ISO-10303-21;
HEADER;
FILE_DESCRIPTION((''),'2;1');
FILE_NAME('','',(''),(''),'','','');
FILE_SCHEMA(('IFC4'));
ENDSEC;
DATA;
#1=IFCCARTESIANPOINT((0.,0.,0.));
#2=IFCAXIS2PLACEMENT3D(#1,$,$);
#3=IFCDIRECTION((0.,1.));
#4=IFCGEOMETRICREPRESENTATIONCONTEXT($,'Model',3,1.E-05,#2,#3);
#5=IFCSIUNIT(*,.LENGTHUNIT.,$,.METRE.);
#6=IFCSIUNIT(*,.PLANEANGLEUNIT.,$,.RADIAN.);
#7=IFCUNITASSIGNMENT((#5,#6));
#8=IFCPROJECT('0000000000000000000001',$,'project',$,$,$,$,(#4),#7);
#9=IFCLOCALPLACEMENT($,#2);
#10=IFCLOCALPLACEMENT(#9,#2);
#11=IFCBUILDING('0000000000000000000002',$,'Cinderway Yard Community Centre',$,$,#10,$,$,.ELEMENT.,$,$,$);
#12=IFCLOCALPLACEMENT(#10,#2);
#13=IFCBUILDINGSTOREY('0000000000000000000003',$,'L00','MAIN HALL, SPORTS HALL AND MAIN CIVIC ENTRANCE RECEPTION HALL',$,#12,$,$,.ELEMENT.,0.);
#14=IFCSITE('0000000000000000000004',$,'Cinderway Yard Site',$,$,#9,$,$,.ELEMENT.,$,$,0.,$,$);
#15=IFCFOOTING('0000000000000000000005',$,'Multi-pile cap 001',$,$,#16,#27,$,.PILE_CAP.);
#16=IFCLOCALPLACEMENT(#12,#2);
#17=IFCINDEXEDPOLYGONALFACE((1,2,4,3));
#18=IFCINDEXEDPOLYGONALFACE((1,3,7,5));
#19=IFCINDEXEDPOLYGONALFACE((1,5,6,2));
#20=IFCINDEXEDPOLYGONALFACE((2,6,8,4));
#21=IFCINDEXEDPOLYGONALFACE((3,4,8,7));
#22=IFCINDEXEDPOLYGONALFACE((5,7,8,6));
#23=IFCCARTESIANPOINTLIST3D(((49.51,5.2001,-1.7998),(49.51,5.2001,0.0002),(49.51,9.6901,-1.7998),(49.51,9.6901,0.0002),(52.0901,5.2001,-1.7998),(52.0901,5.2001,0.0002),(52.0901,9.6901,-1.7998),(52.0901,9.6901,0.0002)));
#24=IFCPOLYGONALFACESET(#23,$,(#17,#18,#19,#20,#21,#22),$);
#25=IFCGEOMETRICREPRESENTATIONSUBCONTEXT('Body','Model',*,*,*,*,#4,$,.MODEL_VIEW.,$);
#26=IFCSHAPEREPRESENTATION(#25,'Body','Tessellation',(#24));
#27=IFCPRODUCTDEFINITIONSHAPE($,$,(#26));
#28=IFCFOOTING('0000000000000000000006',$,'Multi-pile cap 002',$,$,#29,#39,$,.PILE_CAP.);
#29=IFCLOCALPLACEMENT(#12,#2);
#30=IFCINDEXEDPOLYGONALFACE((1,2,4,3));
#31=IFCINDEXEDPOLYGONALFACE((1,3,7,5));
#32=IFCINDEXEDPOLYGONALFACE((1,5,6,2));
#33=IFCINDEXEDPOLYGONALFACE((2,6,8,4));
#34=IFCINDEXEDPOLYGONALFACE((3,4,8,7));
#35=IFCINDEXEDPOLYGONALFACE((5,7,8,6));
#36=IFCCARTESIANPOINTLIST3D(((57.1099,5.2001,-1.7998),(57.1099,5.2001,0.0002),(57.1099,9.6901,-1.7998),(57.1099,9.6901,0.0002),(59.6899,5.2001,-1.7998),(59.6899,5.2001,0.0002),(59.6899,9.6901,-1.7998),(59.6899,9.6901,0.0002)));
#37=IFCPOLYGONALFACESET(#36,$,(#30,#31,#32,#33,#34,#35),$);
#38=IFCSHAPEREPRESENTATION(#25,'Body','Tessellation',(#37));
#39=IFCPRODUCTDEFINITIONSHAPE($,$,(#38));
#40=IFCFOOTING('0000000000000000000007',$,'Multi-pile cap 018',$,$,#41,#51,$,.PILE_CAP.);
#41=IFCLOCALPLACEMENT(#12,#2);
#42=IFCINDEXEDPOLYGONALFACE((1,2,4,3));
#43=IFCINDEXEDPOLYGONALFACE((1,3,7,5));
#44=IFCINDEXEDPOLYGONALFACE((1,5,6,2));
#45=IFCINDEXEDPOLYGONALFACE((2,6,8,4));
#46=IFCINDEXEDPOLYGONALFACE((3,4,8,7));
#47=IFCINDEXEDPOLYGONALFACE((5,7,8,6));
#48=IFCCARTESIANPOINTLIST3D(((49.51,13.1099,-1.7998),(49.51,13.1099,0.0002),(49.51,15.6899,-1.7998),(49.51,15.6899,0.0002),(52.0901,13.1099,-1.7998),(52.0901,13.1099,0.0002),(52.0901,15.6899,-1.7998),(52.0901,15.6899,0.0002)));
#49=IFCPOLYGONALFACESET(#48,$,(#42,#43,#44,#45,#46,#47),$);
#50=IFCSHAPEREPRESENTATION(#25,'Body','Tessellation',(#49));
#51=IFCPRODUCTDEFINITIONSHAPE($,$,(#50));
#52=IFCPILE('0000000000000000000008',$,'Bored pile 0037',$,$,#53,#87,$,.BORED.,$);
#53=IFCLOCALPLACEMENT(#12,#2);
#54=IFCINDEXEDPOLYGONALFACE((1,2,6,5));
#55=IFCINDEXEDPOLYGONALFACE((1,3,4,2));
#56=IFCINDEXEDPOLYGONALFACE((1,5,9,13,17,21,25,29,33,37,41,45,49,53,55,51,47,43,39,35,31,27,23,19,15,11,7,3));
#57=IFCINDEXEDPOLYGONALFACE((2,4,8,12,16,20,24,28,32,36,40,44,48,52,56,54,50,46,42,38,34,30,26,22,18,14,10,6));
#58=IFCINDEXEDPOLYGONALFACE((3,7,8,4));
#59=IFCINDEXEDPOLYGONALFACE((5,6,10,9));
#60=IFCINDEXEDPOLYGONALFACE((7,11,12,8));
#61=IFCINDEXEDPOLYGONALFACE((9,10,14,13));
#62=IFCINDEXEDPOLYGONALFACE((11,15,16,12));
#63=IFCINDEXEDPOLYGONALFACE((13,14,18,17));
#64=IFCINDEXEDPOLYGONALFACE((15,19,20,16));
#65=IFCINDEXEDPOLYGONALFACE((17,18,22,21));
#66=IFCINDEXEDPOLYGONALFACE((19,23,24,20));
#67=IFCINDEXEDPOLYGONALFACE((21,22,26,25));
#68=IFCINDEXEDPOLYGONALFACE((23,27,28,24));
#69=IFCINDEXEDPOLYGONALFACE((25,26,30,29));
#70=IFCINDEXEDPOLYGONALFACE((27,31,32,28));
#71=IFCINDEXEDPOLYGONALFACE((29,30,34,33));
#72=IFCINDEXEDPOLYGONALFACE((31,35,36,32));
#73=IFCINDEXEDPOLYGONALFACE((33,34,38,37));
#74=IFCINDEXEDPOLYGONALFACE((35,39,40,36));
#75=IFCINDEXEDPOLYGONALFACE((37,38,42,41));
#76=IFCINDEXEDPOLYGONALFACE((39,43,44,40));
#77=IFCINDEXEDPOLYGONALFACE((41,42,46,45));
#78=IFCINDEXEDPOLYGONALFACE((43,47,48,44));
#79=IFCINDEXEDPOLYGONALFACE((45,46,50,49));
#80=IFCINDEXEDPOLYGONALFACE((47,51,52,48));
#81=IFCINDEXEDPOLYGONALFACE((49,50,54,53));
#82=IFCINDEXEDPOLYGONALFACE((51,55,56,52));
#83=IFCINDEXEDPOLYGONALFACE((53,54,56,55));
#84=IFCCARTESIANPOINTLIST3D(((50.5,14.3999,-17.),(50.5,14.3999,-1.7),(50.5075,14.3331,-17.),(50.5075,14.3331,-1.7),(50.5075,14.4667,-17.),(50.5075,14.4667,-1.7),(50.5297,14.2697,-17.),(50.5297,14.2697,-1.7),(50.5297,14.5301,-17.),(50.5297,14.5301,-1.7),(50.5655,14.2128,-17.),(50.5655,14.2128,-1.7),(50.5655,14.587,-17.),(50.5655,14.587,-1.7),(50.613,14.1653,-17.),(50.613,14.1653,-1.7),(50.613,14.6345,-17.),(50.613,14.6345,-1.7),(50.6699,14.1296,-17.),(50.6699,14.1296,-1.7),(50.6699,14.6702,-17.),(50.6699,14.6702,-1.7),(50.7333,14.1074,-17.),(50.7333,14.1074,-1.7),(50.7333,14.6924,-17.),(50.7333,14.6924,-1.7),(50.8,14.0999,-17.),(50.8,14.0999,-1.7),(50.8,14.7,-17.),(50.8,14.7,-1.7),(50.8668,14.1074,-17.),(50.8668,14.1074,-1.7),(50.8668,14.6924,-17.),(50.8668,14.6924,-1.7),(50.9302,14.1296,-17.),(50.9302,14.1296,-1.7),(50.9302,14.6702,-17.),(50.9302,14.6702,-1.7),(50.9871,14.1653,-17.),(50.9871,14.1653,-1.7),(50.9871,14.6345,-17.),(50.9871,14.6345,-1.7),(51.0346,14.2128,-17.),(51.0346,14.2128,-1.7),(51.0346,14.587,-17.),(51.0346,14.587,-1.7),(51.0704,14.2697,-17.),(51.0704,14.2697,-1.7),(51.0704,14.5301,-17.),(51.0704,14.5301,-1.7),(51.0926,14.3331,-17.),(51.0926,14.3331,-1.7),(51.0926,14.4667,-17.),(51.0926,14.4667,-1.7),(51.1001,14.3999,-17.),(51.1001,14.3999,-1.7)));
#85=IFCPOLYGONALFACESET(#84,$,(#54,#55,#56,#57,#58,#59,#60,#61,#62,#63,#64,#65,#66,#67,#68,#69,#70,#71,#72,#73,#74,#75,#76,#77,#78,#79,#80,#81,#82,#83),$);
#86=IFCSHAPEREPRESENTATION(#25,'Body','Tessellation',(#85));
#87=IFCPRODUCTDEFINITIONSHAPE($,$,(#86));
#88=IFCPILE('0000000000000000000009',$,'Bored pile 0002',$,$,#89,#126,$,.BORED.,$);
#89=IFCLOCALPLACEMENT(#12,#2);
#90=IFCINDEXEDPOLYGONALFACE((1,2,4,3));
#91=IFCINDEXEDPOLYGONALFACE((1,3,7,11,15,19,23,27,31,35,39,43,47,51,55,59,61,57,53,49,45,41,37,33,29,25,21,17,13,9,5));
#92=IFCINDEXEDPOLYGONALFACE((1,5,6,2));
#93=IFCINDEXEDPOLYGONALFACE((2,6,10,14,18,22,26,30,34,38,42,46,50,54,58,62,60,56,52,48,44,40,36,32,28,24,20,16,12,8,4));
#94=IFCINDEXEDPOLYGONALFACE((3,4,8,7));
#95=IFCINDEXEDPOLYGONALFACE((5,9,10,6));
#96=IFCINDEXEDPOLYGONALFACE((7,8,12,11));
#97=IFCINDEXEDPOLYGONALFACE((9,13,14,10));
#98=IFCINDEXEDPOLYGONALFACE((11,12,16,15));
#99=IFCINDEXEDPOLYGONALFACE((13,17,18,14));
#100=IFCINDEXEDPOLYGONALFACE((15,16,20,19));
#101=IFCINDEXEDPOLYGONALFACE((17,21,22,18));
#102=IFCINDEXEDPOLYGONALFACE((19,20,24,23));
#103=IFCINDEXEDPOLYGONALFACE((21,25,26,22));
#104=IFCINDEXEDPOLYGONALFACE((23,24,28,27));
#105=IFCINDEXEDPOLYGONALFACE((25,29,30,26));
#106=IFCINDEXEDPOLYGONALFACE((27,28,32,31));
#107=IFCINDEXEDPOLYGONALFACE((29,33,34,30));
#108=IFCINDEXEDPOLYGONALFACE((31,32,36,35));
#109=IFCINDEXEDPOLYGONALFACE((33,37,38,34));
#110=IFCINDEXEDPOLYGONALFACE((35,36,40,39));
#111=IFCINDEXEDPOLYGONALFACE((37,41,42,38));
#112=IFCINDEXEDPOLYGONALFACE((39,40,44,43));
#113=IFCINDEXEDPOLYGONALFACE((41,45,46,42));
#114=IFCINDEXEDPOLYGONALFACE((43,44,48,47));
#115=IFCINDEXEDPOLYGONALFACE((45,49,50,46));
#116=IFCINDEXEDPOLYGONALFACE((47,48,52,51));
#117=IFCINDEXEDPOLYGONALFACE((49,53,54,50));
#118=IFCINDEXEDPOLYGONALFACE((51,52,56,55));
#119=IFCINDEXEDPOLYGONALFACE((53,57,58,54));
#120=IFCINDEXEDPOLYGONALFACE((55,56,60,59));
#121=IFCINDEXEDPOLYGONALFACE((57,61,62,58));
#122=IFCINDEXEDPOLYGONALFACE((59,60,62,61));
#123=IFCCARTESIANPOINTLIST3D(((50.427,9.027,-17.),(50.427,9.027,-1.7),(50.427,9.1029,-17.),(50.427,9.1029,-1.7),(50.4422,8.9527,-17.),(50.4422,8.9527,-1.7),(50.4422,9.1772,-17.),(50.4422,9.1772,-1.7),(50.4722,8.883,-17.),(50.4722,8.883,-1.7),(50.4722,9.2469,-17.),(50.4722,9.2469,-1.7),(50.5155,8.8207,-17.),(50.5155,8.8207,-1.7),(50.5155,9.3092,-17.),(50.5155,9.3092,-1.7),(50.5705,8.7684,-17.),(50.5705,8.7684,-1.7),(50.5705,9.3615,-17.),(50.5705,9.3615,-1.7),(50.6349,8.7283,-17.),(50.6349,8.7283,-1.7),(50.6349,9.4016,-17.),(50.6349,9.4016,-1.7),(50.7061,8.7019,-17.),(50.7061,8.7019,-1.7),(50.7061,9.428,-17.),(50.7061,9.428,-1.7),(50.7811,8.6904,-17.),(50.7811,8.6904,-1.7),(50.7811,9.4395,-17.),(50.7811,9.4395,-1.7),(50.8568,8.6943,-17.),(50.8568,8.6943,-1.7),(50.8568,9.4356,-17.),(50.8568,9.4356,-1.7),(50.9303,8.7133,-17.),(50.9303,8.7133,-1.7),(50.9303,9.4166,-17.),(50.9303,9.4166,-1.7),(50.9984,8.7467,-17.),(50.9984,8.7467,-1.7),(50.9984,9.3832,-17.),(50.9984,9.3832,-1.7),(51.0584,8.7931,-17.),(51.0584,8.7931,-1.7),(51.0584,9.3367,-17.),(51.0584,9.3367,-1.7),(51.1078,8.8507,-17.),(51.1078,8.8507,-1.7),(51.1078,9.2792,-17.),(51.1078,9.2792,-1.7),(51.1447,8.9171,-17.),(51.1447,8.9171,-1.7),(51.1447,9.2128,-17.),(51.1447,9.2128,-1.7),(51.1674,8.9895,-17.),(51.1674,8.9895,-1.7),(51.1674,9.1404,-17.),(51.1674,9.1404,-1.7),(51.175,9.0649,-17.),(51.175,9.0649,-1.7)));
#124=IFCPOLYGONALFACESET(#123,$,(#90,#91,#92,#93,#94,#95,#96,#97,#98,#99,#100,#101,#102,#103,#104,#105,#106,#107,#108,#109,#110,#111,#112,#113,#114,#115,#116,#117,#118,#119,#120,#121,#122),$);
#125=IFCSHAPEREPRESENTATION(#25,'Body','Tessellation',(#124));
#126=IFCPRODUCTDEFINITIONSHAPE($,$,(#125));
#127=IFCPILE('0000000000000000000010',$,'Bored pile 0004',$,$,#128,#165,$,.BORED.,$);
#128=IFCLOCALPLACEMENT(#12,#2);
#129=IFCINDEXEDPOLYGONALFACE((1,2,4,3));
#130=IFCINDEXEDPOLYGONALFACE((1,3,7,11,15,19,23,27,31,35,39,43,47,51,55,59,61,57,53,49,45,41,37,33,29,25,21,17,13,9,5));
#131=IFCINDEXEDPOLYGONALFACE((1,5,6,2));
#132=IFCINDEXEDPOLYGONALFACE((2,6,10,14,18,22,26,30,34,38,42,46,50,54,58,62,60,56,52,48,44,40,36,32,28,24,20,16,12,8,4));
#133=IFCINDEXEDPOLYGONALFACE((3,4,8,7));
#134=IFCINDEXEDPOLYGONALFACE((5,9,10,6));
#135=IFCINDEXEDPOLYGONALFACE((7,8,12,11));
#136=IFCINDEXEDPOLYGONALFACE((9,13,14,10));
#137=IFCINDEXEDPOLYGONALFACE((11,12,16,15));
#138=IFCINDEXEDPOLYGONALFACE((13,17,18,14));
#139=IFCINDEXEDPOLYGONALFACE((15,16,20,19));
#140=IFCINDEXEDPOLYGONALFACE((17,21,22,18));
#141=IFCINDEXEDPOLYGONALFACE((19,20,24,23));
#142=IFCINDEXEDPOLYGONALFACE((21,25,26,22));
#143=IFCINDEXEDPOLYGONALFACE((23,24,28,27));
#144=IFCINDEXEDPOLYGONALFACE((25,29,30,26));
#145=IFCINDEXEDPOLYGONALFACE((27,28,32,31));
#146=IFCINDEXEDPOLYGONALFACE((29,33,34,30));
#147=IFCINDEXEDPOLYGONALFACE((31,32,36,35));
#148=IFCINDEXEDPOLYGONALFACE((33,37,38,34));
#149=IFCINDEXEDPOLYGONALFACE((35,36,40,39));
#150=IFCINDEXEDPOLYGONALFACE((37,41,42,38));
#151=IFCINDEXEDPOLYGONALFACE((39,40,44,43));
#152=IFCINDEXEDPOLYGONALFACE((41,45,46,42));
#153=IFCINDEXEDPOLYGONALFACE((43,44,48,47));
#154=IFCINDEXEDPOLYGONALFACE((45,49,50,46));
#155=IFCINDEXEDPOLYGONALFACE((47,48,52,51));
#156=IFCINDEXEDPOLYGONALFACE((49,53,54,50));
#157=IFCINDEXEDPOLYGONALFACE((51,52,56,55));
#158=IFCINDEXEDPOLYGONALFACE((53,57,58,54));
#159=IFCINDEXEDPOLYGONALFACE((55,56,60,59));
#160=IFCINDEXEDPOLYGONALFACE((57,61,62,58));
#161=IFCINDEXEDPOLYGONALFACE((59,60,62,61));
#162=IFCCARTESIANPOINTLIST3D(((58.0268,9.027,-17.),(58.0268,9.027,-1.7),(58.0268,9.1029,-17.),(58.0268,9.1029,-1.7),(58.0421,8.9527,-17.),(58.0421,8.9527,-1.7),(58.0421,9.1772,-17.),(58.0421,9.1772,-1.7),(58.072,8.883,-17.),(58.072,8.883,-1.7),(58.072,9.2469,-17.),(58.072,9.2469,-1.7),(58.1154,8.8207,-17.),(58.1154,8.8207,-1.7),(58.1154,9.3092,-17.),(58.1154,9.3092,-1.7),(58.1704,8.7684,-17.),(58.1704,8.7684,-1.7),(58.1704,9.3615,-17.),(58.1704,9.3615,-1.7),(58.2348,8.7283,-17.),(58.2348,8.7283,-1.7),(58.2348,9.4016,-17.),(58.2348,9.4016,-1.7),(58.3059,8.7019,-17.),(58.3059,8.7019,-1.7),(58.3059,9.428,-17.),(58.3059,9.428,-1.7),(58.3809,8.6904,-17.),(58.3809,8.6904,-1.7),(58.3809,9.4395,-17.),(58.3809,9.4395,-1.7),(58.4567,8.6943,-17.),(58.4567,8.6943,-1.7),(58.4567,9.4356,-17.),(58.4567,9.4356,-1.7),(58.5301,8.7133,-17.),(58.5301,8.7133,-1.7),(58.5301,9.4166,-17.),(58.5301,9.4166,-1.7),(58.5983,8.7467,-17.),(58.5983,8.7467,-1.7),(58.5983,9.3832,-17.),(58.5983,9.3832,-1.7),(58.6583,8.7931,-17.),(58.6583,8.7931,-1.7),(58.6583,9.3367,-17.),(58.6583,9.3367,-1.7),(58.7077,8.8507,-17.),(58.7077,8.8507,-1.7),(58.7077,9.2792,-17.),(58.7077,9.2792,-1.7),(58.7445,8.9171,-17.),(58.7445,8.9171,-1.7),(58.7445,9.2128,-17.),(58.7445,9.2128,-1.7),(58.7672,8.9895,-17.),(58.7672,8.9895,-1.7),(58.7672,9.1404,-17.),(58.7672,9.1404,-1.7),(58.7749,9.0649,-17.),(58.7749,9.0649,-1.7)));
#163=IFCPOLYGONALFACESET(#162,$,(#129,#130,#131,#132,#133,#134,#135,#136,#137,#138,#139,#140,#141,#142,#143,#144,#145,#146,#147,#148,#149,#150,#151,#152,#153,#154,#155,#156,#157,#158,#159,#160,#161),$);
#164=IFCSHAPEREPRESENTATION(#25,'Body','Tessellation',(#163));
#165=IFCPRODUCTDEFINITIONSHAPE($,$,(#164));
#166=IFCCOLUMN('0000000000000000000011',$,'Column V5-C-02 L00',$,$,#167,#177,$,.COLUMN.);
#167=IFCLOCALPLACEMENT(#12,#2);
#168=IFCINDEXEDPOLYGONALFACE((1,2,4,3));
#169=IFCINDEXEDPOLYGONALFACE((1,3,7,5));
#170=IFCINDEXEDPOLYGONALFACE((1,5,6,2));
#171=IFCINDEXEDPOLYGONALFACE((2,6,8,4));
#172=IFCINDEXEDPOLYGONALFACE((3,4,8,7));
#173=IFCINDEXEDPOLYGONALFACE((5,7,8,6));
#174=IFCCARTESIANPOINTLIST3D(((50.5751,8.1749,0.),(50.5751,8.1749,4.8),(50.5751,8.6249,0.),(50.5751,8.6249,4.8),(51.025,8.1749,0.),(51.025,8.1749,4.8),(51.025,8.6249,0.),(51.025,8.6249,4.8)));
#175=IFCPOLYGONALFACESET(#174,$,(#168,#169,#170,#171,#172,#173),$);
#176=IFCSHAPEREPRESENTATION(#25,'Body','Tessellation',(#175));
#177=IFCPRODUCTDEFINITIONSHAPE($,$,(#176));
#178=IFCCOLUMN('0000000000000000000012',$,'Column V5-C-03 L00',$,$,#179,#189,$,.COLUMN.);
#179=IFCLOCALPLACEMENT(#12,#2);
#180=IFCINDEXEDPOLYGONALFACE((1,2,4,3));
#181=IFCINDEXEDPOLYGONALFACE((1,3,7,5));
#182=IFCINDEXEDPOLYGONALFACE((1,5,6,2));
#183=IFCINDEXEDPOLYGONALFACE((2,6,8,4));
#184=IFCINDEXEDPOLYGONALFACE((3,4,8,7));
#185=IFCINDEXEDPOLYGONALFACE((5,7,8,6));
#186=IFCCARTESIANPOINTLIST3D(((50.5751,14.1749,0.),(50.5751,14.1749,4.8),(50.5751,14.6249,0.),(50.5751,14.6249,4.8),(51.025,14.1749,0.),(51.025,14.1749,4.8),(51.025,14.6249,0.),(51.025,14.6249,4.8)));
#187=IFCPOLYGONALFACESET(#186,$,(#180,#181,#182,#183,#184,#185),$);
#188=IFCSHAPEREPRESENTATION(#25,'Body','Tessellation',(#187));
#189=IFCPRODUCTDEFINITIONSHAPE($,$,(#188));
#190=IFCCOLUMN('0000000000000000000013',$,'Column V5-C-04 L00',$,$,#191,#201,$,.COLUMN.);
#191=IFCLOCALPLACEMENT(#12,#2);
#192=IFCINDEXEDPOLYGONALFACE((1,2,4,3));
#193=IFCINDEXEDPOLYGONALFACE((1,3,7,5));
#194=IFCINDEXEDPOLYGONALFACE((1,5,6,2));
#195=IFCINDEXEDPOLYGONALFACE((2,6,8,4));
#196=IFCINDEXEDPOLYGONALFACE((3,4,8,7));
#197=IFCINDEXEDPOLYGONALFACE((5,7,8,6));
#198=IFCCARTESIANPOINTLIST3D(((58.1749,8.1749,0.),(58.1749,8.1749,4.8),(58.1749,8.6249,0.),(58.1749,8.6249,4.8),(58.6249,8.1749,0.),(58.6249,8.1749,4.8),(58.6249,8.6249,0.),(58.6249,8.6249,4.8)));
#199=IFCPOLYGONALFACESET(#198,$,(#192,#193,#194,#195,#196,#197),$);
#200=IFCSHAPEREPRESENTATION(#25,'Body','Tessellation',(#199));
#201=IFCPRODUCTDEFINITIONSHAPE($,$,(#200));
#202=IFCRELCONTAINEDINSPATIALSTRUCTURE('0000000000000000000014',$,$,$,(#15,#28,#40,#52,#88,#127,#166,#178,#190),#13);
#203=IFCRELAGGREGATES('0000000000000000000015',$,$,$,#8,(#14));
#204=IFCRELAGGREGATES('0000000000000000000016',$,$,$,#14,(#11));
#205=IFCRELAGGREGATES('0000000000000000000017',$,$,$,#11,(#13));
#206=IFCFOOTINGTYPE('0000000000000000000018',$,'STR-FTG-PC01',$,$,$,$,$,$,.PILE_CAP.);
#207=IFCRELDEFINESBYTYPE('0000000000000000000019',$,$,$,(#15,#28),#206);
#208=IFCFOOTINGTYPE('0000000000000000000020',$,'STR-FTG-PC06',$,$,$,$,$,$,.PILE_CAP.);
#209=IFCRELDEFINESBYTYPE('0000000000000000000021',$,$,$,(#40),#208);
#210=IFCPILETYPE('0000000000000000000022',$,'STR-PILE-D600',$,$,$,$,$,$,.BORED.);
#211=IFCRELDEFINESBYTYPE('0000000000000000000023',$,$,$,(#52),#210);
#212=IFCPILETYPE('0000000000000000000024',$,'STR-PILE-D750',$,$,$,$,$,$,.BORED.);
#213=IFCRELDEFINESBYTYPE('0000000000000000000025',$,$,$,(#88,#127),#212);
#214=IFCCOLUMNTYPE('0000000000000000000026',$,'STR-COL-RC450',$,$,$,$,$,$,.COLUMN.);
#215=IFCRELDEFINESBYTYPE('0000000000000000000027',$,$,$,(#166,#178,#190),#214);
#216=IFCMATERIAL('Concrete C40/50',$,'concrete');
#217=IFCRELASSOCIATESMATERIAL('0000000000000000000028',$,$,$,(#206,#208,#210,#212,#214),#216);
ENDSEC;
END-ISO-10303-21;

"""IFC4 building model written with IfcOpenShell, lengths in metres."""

from ifc_helpers import new_model, si_unit, direction, frame, origin, origin_2d, place, context, subcontext, project, spatial, rectangle, circle, extrude, material, material_profile, profile_set, type_object, element, save


model = new_model("IFC4")

# Units and contexts
model_context = context("Model", 3, precision=1e-05, world=origin(), true_north=direction((0.0, 1.0)))
body_context = subcontext(model_context, "Body", "Model", "MODEL_VIEW")
ifc_project = project(units=[si_unit("LENGTHUNIT", "METRE"), si_unit("PLANEANGLEUNIT", "RADIAN")], contexts=[model_context])

# Site, building, storey
site_placement = place(None, origin())
site = spatial("IfcSite", under=ifc_project, at=site_placement, Name="Cinderway Yard Site", CompositionType="ELEMENT", RefElevation=0.0)
building_placement = place(site_placement, origin())
building = spatial("IfcBuilding", under=site, at=building_placement, Name="Cinderway Yard Community Centre", CompositionType="ELEMENT")
storey_placement = place(building_placement, origin())
storey = spatial("IfcBuildingStorey", under=building, at=storey_placement, Name="L00", Description="MAIN HALL, SPORTS HALL AND MAIN CIVIC ENTRANCE RECEPTION HALL", CompositionType="ELEMENT", Elevation=0.0)

# Footings
ifc_material_1 = material(Name="Concrete C40/50", Category="concrete")
footing_type_1 = type_object("IfcFootingType", Name="STR-FTG-PC01", PredefinedType="PILE_CAP", material=ifc_material_1)
for number, where, z_axis, x_axis, name in (
    (1, (50.8, 7.4451, -1.7998), (0.0, 0.0, 1.0), (1.0, 0.0, 0.0), "Multi-pile cap 001"),
    (2, (58.3999, 7.4451, -1.7998), (0.0, 0.0, 1.0), (1.0, 0.0, 0.0), "Multi-pile cap 002"),
):
    element("IfcFooting", number, at=place(storey_placement, frame(where, z_axis=z_axis, x_axis=x_axis)), inside=storey, type_object=footing_type_1, Name=name, PredefinedType="PILE_CAP", context=body_context, shape_type="SweptSolid", body=[
        extrude(rectangle(XDim=2.5801, YDim=4.49, at=origin_2d()), origin(), (0.0, 0.0, 1.0), 1.8),
    ])
footing_type_2 = type_object("IfcFootingType", Name="STR-FTG-PC06", PredefinedType="PILE_CAP", material=ifc_material_1)
footing_placement = place(storey_placement, frame((50.8, 14.3999, -1.7998), z_axis=(0.0, 0.0, 1.0), x_axis=(1.0, 0.0, 0.0)))
element("IfcFooting", 3, at=footing_placement, inside=storey, type_object=footing_type_2, Name="Multi-pile cap 018", PredefinedType="PILE_CAP", context=body_context, shape_type="SweptSolid", body=[
    extrude(rectangle(XDim=2.5801, YDim=2.5801, at=origin_2d()), origin(), (0.0, 0.0, 1.0), 1.8),
])

# Piles
ifc_material_profile_1 = material_profile(ifc_material_1, circle(Radius=0.3, at=origin_2d()), Name="Concrete C40/50")
ifc_profile_set_1 = profile_set([ifc_material_profile_1], Name="Concrete C40/50")
pile_type_1 = type_object("IfcPileType", Name="STR-PILE-D600", PredefinedType="BORED", material=ifc_profile_set_1)
pile_placement = place(storey_placement, frame((50.8, 14.3999, -1.7), z_axis=(0.0, 0.0, -1.0), x_axis=(1.0, 0.0, 0.0)))
element("IfcPile", 4, at=pile_placement, inside=storey, type_object=pile_type_1, Name="Bored pile 0037", PredefinedType="BORED", context=body_context, shape_type="SweptSolid", body=[
    extrude(circle(Radius=0.3, at=origin_2d()), origin(), (0.0, 0.0, 1.0), 15.3),
])
ifc_material_profile_2 = material_profile(ifc_material_1, circle(Radius=0.375, at=origin_2d()), Name="Concrete C40/50")
ifc_profile_set_2 = profile_set([ifc_material_profile_2], Name="Concrete C40/50")
pile_type_2 = type_object("IfcPileType", Name="STR-PILE-D750", PredefinedType="BORED", material=ifc_profile_set_2)
for number, where, z_axis, x_axis, name in (
    (5, (50.8, 9.0649, -1.7), (0.0, 0.0, -1.0), (1.0, 0.0, 0.0), "Bored pile 0002"),
    (6, (58.3999, 9.0649, -1.7), (0.0, 0.0, -1.0), (1.0, 0.0, 0.0), "Bored pile 0004"),
):
    element("IfcPile", number, at=place(storey_placement, frame(where, z_axis=z_axis, x_axis=x_axis)), inside=storey, type_object=pile_type_2, Name=name, PredefinedType="BORED", context=body_context, shape_type="SweptSolid", body=[
        extrude(circle(Radius=0.375, at=origin_2d()), origin(), (0.0, 0.0, 1.0), 15.3),
    ])

# Columns
ifc_material_profile_3 = material_profile(ifc_material_1, rectangle(XDim=0.45, YDim=0.45, at=origin_2d()), Name="Concrete C40/50")
ifc_profile_set_3 = profile_set([ifc_material_profile_3], Name="Concrete C40/50")
column_type = type_object("IfcColumnType", Name="STR-COL-RC450", PredefinedType="COLUMN", material=ifc_profile_set_3)
for number, where, z_axis, x_axis, name in (
    (7, (50.8, 8.3999, 0.0), (0.0, 0.0, 1.0), (1.0, 0.0, 0.0), "Column V5-C-02 L00"),
    (8, (50.8, 14.3999, 0.0), (0.0, 0.0, 1.0), (1.0, 0.0, 0.0), "Column V5-C-03 L00"),
    (9, (58.3999, 8.3999, 0.0), (0.0, 0.0, 1.0), (1.0, 0.0, 0.0), "Column V5-C-04 L00"),
):
    element("IfcColumn", number, at=place(storey_placement, frame(where, z_axis=z_axis, x_axis=x_axis)), inside=storey, type_object=column_type, Name=name, PredefinedType="COLUMN", context=body_context, shape_type="SweptSolid", body=[
        extrude(rectangle(XDim=0.45, YDim=0.45, at=origin_2d()), origin(), (0.0, 0.0, 1.0), 4.8),
    ])

save(model, "model.ifc")
